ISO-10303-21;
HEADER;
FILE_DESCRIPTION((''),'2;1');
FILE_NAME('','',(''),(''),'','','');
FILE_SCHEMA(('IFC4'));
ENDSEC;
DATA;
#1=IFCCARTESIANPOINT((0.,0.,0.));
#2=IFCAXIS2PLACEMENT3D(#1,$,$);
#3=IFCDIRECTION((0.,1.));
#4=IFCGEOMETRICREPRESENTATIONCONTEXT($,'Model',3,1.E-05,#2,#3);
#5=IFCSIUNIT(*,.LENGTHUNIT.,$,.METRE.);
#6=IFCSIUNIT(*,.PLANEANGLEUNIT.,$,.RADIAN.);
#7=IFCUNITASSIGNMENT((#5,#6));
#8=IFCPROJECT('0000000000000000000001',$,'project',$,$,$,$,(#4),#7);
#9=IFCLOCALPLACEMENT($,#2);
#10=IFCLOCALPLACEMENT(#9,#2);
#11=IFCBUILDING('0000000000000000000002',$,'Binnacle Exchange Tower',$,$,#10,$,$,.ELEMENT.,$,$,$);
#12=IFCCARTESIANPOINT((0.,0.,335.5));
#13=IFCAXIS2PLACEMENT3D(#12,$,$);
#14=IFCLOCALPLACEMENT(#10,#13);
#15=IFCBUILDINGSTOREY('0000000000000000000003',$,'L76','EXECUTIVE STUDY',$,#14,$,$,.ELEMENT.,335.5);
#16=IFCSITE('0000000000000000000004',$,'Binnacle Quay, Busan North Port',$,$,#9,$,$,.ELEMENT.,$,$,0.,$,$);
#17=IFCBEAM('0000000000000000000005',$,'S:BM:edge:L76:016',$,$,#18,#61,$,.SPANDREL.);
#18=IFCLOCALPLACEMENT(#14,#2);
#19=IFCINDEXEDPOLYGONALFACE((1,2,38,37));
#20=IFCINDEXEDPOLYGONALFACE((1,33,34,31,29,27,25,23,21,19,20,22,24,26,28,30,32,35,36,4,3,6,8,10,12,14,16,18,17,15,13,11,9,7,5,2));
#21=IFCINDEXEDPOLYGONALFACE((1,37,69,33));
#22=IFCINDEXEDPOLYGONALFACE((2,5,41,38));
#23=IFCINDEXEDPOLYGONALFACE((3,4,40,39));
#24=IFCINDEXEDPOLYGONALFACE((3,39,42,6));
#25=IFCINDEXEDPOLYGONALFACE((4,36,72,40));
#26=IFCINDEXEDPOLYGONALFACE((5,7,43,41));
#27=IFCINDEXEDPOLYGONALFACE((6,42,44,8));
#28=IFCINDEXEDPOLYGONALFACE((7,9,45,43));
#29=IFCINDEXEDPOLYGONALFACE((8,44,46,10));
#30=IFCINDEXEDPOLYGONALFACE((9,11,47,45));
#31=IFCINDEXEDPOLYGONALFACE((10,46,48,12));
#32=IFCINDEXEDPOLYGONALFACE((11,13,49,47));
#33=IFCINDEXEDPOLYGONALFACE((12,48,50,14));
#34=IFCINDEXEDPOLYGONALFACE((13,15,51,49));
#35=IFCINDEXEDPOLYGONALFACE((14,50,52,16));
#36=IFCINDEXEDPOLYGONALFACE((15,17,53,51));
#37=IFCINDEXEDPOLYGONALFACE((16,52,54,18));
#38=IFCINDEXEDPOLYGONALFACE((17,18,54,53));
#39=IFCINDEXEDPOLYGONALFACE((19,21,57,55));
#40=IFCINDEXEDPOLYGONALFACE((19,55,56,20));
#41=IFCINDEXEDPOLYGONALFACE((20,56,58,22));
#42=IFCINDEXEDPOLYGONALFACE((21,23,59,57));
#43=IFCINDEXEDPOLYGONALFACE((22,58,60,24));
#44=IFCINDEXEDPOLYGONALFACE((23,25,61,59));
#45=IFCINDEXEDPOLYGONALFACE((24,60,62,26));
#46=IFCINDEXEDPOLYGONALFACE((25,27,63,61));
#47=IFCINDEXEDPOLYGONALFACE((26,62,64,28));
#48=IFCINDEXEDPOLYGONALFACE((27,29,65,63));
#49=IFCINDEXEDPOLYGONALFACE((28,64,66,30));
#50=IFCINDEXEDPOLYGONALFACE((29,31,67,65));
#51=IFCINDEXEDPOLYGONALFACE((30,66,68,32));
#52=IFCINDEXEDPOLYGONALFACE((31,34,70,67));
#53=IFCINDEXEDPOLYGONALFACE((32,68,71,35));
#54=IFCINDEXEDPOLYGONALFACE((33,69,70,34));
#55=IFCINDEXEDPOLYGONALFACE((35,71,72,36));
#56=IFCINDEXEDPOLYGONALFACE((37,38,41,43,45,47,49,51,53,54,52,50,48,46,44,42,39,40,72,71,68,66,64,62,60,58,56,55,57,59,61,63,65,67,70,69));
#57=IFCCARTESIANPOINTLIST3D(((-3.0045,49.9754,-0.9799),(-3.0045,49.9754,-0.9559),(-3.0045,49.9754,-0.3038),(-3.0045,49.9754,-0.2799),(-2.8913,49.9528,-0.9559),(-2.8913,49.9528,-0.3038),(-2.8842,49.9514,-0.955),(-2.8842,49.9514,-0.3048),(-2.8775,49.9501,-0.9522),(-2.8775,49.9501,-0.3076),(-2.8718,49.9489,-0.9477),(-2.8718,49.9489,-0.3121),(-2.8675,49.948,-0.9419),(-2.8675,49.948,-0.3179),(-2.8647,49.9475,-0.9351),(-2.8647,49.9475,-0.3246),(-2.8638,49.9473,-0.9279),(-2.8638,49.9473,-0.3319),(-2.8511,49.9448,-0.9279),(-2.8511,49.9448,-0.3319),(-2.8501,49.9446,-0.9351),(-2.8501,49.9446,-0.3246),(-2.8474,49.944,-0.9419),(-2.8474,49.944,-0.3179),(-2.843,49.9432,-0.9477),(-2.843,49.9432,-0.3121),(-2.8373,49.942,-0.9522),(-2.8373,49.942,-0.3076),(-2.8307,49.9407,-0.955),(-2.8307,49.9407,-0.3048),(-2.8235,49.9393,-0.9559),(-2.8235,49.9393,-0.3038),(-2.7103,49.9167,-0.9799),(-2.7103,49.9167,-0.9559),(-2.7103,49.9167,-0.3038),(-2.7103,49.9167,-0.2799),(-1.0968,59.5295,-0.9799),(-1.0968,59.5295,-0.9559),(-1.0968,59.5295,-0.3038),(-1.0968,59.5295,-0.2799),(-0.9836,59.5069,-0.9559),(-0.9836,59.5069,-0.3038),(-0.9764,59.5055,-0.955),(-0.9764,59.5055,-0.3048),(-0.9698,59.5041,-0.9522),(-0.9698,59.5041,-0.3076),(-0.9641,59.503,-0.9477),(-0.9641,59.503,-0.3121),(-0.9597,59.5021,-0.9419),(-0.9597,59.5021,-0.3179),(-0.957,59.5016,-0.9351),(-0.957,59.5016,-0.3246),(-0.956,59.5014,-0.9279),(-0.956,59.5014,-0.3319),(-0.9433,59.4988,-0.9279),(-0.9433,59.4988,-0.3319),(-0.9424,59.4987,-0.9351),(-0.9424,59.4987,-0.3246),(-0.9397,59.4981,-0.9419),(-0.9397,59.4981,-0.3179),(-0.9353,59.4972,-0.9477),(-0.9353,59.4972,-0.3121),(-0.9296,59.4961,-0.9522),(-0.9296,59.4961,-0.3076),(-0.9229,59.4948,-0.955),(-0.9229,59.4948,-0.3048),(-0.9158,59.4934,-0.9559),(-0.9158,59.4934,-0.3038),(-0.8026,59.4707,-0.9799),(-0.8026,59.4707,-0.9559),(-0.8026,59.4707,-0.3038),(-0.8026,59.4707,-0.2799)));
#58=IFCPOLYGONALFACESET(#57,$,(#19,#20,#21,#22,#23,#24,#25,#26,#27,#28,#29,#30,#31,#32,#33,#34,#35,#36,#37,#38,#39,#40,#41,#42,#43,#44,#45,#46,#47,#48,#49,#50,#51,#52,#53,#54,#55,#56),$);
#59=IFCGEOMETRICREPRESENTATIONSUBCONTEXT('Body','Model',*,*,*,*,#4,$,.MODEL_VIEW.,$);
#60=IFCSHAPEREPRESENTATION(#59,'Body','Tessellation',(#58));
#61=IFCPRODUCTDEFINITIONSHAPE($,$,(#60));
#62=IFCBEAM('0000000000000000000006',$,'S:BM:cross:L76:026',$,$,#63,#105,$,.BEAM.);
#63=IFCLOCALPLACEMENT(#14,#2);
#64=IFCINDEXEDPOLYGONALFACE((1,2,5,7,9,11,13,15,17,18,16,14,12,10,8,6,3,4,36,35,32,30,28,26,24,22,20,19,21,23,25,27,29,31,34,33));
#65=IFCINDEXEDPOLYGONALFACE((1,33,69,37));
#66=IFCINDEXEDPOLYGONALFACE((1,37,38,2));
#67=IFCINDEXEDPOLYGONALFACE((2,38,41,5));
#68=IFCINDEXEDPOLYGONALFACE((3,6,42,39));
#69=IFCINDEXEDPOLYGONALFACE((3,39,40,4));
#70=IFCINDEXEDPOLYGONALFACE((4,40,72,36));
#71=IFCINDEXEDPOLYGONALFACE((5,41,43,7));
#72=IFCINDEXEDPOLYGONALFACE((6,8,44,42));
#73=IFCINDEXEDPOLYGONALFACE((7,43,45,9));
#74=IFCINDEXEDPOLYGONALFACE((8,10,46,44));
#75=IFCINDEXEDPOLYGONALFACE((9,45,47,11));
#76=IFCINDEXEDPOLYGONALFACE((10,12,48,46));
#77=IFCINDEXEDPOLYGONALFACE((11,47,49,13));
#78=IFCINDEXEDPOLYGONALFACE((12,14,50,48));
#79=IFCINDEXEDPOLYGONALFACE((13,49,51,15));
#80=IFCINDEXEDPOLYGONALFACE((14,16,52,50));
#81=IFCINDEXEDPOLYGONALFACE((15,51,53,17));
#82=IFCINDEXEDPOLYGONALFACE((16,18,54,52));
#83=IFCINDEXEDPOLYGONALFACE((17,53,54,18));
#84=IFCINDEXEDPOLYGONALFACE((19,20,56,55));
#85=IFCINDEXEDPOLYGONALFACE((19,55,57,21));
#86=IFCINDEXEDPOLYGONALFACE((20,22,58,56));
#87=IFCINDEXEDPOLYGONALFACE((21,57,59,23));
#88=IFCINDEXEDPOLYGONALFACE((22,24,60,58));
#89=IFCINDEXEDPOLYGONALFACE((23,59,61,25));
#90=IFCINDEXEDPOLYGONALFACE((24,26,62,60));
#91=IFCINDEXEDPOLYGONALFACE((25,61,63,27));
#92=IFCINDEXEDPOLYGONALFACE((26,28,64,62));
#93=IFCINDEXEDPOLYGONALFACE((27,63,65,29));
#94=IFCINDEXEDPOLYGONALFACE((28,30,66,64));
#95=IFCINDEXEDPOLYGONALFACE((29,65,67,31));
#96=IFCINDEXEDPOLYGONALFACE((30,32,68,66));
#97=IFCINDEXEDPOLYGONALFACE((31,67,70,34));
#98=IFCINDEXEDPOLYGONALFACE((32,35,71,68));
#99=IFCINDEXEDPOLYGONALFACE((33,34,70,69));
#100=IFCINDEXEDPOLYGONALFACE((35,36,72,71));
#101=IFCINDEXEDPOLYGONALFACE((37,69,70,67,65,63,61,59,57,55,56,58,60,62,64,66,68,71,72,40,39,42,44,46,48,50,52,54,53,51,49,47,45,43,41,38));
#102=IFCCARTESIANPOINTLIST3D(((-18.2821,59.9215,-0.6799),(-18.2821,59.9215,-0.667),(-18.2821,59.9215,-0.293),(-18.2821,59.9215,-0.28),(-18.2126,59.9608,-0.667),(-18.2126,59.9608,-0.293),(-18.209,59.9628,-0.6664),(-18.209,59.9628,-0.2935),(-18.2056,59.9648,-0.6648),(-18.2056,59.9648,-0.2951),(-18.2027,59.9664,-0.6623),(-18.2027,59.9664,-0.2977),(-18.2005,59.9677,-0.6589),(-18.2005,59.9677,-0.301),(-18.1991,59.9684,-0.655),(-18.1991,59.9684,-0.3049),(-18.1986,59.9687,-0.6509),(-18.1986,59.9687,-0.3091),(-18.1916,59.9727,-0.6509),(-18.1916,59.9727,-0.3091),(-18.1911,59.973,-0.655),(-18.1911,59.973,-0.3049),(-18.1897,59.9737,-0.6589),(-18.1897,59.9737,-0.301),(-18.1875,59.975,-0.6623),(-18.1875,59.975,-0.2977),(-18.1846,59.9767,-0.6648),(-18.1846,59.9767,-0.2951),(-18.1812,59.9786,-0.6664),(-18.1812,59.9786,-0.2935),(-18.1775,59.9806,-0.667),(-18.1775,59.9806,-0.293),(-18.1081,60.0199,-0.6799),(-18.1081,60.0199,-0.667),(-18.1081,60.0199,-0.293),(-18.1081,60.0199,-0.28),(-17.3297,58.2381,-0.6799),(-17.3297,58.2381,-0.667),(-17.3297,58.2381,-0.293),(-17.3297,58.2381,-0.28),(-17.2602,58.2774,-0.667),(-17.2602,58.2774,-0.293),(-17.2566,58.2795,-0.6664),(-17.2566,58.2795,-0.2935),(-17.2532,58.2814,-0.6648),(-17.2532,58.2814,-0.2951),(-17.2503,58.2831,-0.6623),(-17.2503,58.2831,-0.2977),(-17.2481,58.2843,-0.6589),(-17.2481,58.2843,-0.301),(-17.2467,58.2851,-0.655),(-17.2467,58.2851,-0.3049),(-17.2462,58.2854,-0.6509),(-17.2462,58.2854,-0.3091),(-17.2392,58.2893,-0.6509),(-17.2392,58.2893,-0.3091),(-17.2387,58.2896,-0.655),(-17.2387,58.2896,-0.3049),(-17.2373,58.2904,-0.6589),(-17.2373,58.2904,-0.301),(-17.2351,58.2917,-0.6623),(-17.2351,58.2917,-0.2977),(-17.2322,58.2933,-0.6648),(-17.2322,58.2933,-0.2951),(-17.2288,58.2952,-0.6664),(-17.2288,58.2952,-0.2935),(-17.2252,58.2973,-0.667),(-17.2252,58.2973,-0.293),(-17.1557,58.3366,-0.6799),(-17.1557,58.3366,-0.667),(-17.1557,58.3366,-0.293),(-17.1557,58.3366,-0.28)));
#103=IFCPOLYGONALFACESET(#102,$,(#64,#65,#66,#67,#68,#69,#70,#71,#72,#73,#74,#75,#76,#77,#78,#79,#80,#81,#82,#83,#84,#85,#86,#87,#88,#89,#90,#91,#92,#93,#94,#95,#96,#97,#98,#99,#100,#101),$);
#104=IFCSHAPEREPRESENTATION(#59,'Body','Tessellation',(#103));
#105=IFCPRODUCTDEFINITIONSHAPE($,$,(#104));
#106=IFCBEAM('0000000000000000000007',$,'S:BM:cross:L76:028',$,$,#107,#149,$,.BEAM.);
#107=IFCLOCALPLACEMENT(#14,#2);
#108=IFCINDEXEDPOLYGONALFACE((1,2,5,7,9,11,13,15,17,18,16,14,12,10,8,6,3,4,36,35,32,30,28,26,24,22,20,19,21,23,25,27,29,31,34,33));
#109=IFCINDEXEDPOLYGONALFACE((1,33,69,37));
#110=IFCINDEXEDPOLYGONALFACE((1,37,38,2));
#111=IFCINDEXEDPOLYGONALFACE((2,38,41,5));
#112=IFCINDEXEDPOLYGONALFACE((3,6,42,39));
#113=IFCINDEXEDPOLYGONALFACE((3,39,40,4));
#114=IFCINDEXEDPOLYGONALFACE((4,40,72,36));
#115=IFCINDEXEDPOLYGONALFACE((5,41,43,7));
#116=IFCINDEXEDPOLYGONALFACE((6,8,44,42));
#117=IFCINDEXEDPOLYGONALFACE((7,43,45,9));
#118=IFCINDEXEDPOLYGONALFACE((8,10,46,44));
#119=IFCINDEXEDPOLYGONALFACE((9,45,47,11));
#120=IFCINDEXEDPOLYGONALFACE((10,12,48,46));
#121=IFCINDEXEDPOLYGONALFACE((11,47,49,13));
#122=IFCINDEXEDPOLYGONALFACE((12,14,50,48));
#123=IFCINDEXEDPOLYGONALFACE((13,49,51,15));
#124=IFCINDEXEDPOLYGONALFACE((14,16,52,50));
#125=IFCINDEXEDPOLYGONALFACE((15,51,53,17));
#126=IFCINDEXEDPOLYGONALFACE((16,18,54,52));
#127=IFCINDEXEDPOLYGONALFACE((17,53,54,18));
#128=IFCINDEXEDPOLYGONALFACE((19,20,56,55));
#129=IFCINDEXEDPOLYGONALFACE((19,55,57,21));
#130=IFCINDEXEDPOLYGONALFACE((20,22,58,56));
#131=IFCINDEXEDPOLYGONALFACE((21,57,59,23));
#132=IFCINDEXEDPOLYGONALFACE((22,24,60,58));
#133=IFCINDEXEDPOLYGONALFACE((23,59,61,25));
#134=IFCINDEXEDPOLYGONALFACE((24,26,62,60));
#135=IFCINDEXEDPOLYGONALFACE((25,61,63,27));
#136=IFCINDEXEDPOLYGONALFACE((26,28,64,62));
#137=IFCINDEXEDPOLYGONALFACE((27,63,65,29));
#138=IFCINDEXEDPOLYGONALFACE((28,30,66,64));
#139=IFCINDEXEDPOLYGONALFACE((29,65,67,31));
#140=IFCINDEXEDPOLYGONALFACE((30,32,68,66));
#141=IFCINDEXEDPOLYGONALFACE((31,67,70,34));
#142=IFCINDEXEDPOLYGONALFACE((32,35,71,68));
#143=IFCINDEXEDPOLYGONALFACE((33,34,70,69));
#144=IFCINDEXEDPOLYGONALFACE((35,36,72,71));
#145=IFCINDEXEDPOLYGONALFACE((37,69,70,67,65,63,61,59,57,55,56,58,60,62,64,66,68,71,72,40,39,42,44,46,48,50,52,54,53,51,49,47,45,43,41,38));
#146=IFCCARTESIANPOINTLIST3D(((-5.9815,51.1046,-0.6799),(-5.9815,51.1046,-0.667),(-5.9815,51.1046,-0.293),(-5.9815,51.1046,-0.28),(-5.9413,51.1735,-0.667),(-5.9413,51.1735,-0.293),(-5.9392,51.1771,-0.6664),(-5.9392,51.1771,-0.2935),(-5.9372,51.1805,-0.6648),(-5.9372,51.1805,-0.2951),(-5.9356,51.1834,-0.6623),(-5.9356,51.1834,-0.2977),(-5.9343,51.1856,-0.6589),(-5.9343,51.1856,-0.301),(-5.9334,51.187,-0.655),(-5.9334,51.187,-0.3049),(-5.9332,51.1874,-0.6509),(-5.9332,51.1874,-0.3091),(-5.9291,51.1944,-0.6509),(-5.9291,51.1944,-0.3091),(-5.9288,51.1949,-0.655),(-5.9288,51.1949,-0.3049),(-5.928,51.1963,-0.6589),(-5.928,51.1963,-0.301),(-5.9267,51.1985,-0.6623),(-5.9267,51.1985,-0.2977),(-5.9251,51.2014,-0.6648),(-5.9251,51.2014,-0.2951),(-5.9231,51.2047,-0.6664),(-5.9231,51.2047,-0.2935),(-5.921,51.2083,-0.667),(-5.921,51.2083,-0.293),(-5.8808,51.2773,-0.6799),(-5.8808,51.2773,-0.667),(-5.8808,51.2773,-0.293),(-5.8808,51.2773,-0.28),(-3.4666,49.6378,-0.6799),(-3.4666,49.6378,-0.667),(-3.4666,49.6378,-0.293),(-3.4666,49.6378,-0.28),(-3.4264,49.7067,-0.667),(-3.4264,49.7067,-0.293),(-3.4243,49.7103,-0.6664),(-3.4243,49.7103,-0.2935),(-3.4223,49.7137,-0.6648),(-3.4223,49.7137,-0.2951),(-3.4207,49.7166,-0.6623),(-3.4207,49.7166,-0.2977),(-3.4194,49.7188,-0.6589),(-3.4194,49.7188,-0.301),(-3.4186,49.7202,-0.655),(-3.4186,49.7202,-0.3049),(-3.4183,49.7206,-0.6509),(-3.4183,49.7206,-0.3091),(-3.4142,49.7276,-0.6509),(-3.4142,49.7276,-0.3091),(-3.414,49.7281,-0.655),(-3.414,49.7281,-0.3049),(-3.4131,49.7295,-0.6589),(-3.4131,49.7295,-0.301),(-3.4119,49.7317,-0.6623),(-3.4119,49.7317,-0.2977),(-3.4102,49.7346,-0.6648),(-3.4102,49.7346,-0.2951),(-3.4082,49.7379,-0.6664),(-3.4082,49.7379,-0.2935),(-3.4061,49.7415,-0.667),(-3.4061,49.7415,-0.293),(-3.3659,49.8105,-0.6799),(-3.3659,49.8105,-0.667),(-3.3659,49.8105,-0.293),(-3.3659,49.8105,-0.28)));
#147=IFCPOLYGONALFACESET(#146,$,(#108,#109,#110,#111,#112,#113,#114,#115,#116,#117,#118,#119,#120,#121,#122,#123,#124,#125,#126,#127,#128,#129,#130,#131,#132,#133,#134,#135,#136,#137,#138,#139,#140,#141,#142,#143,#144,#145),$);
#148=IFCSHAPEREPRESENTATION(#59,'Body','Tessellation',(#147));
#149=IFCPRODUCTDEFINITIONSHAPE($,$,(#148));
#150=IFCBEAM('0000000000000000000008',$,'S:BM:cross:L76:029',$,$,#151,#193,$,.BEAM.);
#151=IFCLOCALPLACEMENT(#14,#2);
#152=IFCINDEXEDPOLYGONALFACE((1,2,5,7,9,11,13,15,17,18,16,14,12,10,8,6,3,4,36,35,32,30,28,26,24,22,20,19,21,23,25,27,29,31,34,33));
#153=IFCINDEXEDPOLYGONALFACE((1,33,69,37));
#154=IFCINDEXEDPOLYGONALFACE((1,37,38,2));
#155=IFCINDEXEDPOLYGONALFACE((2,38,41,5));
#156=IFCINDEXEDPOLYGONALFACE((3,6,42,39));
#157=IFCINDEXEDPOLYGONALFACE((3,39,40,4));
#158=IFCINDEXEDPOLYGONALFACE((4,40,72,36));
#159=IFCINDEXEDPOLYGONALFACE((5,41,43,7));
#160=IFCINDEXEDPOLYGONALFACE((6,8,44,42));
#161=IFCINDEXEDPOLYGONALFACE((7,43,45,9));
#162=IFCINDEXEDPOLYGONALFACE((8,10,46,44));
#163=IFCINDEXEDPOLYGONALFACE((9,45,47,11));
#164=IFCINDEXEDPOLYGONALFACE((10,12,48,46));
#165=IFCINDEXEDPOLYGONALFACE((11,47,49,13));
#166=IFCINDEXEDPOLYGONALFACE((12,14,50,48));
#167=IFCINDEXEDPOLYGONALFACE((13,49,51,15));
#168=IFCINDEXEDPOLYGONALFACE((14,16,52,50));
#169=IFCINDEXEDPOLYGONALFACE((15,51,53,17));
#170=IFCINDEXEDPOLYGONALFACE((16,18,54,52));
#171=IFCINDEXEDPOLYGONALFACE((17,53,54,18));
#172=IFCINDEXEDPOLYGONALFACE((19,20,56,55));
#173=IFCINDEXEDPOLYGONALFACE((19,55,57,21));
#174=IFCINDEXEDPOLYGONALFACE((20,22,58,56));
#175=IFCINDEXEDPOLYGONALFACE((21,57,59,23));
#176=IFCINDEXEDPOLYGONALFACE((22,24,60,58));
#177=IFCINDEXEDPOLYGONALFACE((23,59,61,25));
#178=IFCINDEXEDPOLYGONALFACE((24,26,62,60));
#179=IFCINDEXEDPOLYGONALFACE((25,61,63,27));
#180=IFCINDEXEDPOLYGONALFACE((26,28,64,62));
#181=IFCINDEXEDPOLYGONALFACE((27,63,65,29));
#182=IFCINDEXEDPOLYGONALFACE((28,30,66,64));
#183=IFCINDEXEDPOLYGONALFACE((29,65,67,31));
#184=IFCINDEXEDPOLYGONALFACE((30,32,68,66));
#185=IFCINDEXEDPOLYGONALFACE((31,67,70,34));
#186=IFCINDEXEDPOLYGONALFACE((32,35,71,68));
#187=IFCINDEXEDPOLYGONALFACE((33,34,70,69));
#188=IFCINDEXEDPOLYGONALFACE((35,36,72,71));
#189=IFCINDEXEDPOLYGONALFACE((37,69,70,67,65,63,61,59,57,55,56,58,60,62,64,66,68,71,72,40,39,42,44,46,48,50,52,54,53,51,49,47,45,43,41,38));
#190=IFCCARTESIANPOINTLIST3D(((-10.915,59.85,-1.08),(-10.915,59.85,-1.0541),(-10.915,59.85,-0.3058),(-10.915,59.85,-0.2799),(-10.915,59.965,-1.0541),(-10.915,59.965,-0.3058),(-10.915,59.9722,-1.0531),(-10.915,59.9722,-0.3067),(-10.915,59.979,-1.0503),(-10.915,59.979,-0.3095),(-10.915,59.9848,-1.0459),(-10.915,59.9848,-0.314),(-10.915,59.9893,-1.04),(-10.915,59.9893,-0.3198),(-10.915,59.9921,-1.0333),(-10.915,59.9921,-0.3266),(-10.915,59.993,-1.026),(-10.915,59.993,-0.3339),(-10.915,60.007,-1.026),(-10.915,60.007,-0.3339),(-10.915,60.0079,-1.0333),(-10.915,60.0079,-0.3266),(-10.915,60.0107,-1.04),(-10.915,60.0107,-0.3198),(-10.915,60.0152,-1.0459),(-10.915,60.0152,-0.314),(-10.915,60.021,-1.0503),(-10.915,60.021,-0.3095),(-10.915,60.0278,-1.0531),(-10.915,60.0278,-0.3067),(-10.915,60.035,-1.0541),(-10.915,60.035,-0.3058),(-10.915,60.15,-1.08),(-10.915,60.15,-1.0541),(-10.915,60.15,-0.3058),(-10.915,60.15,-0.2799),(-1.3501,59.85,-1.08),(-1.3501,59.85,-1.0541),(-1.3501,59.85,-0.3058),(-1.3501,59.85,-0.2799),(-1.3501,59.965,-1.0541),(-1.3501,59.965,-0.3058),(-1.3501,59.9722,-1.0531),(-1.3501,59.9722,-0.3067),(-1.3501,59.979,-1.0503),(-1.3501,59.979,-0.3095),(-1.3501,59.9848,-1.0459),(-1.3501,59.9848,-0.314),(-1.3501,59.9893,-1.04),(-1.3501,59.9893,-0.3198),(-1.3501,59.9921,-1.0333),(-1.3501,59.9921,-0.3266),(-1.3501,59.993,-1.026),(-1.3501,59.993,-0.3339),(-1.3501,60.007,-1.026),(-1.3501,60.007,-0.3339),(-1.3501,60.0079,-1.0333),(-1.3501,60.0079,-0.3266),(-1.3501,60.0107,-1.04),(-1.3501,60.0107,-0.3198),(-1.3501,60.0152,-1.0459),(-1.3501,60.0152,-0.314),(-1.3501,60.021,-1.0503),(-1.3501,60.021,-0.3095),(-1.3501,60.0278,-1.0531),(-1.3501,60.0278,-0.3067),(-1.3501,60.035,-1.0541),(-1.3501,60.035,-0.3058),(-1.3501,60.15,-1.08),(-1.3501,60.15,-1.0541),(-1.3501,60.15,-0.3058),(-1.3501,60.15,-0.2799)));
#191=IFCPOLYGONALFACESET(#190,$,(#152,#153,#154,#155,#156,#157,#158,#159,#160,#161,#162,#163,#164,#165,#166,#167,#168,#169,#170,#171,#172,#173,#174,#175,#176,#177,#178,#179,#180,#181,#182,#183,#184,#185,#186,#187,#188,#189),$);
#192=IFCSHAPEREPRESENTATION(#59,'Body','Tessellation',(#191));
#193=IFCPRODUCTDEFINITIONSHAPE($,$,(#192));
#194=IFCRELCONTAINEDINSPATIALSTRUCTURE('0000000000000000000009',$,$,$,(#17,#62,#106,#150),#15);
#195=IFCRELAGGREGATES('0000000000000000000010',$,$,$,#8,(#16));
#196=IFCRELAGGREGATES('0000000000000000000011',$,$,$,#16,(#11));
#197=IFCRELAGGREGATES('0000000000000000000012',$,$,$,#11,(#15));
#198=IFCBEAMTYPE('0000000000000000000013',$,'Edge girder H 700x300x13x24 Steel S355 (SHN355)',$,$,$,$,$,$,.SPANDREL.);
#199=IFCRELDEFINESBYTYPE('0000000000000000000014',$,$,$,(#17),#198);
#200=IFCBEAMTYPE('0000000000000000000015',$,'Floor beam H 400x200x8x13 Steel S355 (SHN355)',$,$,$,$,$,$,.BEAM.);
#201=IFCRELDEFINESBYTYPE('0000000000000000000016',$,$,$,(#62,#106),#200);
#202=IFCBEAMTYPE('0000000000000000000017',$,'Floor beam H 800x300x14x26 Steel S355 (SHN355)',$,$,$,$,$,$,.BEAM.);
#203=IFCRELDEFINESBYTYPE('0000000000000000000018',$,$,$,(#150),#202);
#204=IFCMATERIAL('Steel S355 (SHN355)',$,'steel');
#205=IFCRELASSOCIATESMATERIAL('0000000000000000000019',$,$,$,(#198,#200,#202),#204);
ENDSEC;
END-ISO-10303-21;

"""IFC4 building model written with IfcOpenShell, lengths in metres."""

from ifc_helpers import new_model, si_unit, direction, frame, origin, origin_2d, place, context, subcontext, project, spatial, i_section, extrude, material, material_profile, profile_set, type_object, element, save


model = new_model("IFC4")

# Units and contexts
model_context = context("Model", 3, precision=1e-05, world=origin(), true_north=direction((0.0, 1.0)))
body_context = subcontext(model_context, "Body", "Model", "MODEL_VIEW")
ifc_project = project(units=[si_unit("LENGTHUNIT", "METRE"), si_unit("PLANEANGLEUNIT", "RADIAN")], contexts=[model_context])

# Site, building, storey
site_placement = place(None, origin())
site = spatial("IfcSite", under=ifc_project, at=site_placement, Name="Binnacle Quay, Busan North Port", CompositionType="ELEMENT", RefElevation=0.0)
building_placement = place(site_placement, origin())
building = spatial("IfcBuilding", under=site, at=building_placement, Name="Binnacle Exchange Tower", CompositionType="ELEMENT")
storey_placement = place(building_placement, frame((0.0, 0.0, 335.5)))
storey = spatial("IfcBuildingStorey", under=building, at=storey_placement, Name="L76", Description="EXECUTIVE STUDY", CompositionType="ELEMENT", Elevation=335.5)

# Beams
ifc_material_1 = material(Name="Steel S355 (SHN355)", Category="steel")
ifc_material_profile_1 = material_profile(ifc_material_1, i_section(OverallWidth=0.3, OverallDepth=0.7, WebThickness=0.0129, FlangeThickness=0.0239, FilletRadius=0.0281, at=origin_2d()), Name="H 700x300x13x24")
ifc_profile_set_1 = profile_set([ifc_material_profile_1], Name="Steel S355 (SHN355)")
beam_type_1 = type_object("IfcBeamType", Name="Edge girder H 700x300x13x24 Steel S355 (SHN355)", PredefinedType="SPANDREL", material=ifc_profile_set_1)
beam_1_placement = place(storey_placement, frame((-2.8574, 49.946, -0.6299), z_axis=(0.195813, 0.980641, 0.0), x_axis=(-0.980641, 0.195813, 0.0)))
element("IfcBeam", 1, at=beam_1_placement, inside=storey, type_object=beam_type_1, Name="S:BM:edge:L76:016", PredefinedType="SPANDREL", context=body_context, shape_type="SweptSolid", body=[
    extrude(i_section(OverallWidth=0.3, OverallDepth=0.7, WebThickness=0.0129, FlangeThickness=0.0239, FilletRadius=0.0281, at=origin_2d()), origin(), (0.0, 0.0, 1.0), 9.7427),
])
ifc_material_profile_2 = material_profile(ifc_material_1, i_section(OverallWidth=0.2, OverallDepth=0.3999, WebThickness=0.0081, FlangeThickness=0.0129, FilletRadius=0.0161, at=origin_2d()), Name="H 400x200x8x13")
ifc_profile_set_2 = profile_set([ifc_material_profile_2], Name="Steel S355 (SHN355)")
beam_type_2 = type_object("IfcBeamType", Name="Floor beam H 400x200x8x13 Steel S355 (SHN355)", PredefinedType="BEAM", material=ifc_profile_set_2)
beam_2_placement = place(storey_placement, frame((-18.1951, 59.9707, -0.48), z_axis=(0.492423, -0.870356, 0.0), x_axis=(0.870356, 0.492423, 0.0)))
element("IfcBeam", 2, at=beam_2_placement, inside=storey, type_object=beam_type_2, Name="S:BM:cross:L76:026", PredefinedType="BEAM", context=body_context, shape_type="SweptSolid", body=[
    extrude(i_section(OverallWidth=0.2, OverallDepth=0.3999, WebThickness=0.0081, FlangeThickness=0.0129, FilletRadius=0.0161, at=origin_2d()), origin(), (0.0, 0.0, 1.0), 1.9341),
])
beam_3_placement = place(storey_placement, frame((-3.4163, 49.7241, -0.48), z_axis=(-0.863812, 0.503814, 0.0), x_axis=(-0.503814, -0.863812, 0.0)))
element("IfcBeam", 3, at=beam_3_placement, inside=storey, type_object=beam_type_2, Name="S:BM:cross:L76:028", PredefinedType="BEAM", context=body_context, shape_type="SweptSolid", body=[
    extrude(i_section(OverallWidth=0.2, OverallDepth=0.3999, WebThickness=0.0081, FlangeThickness=0.0129, FilletRadius=0.0161, at=origin_2d()), origin(), (0.0, 0.0, 1.0), 2.9114),
])
ifc_material_profile_3 = material_profile(ifc_material_1, i_section(OverallWidth=0.3, OverallDepth=0.8, WebThickness=0.0139, FlangeThickness=0.0259, FilletRadius=0.0281, at=origin_2d()), Name="H 800x300x14x26")
ifc_profile_set_3 = profile_set([ifc_material_profile_3], Name="Steel S355 (SHN355)")
beam_type_3 = type_object("IfcBeamType", Name="Floor beam H 800x300x14x26 Steel S355 (SHN355)", PredefinedType="BEAM", material=ifc_profile_set_3)
beam_4_placement = place(storey_placement, frame((-1.3501, 60.0, -0.6799), z_axis=(-1.0, 0.0, 0.0), x_axis=(0.0, -1.0, 0.0)))
element("IfcBeam", 4, at=beam_4_placement, inside=storey, type_object=beam_type_3, Name="S:BM:cross:L76:029", PredefinedType="BEAM", context=body_context, shape_type="SweptSolid", body=[
    extrude(i_section(OverallWidth=0.3, OverallDepth=0.8, WebThickness=0.0139, FlangeThickness=0.0259, FilletRadius=0.0281, at=origin_2d()), origin(), (0.0, 0.0, 1.0), 9.5649),
])

save(model, "model.ifc")
